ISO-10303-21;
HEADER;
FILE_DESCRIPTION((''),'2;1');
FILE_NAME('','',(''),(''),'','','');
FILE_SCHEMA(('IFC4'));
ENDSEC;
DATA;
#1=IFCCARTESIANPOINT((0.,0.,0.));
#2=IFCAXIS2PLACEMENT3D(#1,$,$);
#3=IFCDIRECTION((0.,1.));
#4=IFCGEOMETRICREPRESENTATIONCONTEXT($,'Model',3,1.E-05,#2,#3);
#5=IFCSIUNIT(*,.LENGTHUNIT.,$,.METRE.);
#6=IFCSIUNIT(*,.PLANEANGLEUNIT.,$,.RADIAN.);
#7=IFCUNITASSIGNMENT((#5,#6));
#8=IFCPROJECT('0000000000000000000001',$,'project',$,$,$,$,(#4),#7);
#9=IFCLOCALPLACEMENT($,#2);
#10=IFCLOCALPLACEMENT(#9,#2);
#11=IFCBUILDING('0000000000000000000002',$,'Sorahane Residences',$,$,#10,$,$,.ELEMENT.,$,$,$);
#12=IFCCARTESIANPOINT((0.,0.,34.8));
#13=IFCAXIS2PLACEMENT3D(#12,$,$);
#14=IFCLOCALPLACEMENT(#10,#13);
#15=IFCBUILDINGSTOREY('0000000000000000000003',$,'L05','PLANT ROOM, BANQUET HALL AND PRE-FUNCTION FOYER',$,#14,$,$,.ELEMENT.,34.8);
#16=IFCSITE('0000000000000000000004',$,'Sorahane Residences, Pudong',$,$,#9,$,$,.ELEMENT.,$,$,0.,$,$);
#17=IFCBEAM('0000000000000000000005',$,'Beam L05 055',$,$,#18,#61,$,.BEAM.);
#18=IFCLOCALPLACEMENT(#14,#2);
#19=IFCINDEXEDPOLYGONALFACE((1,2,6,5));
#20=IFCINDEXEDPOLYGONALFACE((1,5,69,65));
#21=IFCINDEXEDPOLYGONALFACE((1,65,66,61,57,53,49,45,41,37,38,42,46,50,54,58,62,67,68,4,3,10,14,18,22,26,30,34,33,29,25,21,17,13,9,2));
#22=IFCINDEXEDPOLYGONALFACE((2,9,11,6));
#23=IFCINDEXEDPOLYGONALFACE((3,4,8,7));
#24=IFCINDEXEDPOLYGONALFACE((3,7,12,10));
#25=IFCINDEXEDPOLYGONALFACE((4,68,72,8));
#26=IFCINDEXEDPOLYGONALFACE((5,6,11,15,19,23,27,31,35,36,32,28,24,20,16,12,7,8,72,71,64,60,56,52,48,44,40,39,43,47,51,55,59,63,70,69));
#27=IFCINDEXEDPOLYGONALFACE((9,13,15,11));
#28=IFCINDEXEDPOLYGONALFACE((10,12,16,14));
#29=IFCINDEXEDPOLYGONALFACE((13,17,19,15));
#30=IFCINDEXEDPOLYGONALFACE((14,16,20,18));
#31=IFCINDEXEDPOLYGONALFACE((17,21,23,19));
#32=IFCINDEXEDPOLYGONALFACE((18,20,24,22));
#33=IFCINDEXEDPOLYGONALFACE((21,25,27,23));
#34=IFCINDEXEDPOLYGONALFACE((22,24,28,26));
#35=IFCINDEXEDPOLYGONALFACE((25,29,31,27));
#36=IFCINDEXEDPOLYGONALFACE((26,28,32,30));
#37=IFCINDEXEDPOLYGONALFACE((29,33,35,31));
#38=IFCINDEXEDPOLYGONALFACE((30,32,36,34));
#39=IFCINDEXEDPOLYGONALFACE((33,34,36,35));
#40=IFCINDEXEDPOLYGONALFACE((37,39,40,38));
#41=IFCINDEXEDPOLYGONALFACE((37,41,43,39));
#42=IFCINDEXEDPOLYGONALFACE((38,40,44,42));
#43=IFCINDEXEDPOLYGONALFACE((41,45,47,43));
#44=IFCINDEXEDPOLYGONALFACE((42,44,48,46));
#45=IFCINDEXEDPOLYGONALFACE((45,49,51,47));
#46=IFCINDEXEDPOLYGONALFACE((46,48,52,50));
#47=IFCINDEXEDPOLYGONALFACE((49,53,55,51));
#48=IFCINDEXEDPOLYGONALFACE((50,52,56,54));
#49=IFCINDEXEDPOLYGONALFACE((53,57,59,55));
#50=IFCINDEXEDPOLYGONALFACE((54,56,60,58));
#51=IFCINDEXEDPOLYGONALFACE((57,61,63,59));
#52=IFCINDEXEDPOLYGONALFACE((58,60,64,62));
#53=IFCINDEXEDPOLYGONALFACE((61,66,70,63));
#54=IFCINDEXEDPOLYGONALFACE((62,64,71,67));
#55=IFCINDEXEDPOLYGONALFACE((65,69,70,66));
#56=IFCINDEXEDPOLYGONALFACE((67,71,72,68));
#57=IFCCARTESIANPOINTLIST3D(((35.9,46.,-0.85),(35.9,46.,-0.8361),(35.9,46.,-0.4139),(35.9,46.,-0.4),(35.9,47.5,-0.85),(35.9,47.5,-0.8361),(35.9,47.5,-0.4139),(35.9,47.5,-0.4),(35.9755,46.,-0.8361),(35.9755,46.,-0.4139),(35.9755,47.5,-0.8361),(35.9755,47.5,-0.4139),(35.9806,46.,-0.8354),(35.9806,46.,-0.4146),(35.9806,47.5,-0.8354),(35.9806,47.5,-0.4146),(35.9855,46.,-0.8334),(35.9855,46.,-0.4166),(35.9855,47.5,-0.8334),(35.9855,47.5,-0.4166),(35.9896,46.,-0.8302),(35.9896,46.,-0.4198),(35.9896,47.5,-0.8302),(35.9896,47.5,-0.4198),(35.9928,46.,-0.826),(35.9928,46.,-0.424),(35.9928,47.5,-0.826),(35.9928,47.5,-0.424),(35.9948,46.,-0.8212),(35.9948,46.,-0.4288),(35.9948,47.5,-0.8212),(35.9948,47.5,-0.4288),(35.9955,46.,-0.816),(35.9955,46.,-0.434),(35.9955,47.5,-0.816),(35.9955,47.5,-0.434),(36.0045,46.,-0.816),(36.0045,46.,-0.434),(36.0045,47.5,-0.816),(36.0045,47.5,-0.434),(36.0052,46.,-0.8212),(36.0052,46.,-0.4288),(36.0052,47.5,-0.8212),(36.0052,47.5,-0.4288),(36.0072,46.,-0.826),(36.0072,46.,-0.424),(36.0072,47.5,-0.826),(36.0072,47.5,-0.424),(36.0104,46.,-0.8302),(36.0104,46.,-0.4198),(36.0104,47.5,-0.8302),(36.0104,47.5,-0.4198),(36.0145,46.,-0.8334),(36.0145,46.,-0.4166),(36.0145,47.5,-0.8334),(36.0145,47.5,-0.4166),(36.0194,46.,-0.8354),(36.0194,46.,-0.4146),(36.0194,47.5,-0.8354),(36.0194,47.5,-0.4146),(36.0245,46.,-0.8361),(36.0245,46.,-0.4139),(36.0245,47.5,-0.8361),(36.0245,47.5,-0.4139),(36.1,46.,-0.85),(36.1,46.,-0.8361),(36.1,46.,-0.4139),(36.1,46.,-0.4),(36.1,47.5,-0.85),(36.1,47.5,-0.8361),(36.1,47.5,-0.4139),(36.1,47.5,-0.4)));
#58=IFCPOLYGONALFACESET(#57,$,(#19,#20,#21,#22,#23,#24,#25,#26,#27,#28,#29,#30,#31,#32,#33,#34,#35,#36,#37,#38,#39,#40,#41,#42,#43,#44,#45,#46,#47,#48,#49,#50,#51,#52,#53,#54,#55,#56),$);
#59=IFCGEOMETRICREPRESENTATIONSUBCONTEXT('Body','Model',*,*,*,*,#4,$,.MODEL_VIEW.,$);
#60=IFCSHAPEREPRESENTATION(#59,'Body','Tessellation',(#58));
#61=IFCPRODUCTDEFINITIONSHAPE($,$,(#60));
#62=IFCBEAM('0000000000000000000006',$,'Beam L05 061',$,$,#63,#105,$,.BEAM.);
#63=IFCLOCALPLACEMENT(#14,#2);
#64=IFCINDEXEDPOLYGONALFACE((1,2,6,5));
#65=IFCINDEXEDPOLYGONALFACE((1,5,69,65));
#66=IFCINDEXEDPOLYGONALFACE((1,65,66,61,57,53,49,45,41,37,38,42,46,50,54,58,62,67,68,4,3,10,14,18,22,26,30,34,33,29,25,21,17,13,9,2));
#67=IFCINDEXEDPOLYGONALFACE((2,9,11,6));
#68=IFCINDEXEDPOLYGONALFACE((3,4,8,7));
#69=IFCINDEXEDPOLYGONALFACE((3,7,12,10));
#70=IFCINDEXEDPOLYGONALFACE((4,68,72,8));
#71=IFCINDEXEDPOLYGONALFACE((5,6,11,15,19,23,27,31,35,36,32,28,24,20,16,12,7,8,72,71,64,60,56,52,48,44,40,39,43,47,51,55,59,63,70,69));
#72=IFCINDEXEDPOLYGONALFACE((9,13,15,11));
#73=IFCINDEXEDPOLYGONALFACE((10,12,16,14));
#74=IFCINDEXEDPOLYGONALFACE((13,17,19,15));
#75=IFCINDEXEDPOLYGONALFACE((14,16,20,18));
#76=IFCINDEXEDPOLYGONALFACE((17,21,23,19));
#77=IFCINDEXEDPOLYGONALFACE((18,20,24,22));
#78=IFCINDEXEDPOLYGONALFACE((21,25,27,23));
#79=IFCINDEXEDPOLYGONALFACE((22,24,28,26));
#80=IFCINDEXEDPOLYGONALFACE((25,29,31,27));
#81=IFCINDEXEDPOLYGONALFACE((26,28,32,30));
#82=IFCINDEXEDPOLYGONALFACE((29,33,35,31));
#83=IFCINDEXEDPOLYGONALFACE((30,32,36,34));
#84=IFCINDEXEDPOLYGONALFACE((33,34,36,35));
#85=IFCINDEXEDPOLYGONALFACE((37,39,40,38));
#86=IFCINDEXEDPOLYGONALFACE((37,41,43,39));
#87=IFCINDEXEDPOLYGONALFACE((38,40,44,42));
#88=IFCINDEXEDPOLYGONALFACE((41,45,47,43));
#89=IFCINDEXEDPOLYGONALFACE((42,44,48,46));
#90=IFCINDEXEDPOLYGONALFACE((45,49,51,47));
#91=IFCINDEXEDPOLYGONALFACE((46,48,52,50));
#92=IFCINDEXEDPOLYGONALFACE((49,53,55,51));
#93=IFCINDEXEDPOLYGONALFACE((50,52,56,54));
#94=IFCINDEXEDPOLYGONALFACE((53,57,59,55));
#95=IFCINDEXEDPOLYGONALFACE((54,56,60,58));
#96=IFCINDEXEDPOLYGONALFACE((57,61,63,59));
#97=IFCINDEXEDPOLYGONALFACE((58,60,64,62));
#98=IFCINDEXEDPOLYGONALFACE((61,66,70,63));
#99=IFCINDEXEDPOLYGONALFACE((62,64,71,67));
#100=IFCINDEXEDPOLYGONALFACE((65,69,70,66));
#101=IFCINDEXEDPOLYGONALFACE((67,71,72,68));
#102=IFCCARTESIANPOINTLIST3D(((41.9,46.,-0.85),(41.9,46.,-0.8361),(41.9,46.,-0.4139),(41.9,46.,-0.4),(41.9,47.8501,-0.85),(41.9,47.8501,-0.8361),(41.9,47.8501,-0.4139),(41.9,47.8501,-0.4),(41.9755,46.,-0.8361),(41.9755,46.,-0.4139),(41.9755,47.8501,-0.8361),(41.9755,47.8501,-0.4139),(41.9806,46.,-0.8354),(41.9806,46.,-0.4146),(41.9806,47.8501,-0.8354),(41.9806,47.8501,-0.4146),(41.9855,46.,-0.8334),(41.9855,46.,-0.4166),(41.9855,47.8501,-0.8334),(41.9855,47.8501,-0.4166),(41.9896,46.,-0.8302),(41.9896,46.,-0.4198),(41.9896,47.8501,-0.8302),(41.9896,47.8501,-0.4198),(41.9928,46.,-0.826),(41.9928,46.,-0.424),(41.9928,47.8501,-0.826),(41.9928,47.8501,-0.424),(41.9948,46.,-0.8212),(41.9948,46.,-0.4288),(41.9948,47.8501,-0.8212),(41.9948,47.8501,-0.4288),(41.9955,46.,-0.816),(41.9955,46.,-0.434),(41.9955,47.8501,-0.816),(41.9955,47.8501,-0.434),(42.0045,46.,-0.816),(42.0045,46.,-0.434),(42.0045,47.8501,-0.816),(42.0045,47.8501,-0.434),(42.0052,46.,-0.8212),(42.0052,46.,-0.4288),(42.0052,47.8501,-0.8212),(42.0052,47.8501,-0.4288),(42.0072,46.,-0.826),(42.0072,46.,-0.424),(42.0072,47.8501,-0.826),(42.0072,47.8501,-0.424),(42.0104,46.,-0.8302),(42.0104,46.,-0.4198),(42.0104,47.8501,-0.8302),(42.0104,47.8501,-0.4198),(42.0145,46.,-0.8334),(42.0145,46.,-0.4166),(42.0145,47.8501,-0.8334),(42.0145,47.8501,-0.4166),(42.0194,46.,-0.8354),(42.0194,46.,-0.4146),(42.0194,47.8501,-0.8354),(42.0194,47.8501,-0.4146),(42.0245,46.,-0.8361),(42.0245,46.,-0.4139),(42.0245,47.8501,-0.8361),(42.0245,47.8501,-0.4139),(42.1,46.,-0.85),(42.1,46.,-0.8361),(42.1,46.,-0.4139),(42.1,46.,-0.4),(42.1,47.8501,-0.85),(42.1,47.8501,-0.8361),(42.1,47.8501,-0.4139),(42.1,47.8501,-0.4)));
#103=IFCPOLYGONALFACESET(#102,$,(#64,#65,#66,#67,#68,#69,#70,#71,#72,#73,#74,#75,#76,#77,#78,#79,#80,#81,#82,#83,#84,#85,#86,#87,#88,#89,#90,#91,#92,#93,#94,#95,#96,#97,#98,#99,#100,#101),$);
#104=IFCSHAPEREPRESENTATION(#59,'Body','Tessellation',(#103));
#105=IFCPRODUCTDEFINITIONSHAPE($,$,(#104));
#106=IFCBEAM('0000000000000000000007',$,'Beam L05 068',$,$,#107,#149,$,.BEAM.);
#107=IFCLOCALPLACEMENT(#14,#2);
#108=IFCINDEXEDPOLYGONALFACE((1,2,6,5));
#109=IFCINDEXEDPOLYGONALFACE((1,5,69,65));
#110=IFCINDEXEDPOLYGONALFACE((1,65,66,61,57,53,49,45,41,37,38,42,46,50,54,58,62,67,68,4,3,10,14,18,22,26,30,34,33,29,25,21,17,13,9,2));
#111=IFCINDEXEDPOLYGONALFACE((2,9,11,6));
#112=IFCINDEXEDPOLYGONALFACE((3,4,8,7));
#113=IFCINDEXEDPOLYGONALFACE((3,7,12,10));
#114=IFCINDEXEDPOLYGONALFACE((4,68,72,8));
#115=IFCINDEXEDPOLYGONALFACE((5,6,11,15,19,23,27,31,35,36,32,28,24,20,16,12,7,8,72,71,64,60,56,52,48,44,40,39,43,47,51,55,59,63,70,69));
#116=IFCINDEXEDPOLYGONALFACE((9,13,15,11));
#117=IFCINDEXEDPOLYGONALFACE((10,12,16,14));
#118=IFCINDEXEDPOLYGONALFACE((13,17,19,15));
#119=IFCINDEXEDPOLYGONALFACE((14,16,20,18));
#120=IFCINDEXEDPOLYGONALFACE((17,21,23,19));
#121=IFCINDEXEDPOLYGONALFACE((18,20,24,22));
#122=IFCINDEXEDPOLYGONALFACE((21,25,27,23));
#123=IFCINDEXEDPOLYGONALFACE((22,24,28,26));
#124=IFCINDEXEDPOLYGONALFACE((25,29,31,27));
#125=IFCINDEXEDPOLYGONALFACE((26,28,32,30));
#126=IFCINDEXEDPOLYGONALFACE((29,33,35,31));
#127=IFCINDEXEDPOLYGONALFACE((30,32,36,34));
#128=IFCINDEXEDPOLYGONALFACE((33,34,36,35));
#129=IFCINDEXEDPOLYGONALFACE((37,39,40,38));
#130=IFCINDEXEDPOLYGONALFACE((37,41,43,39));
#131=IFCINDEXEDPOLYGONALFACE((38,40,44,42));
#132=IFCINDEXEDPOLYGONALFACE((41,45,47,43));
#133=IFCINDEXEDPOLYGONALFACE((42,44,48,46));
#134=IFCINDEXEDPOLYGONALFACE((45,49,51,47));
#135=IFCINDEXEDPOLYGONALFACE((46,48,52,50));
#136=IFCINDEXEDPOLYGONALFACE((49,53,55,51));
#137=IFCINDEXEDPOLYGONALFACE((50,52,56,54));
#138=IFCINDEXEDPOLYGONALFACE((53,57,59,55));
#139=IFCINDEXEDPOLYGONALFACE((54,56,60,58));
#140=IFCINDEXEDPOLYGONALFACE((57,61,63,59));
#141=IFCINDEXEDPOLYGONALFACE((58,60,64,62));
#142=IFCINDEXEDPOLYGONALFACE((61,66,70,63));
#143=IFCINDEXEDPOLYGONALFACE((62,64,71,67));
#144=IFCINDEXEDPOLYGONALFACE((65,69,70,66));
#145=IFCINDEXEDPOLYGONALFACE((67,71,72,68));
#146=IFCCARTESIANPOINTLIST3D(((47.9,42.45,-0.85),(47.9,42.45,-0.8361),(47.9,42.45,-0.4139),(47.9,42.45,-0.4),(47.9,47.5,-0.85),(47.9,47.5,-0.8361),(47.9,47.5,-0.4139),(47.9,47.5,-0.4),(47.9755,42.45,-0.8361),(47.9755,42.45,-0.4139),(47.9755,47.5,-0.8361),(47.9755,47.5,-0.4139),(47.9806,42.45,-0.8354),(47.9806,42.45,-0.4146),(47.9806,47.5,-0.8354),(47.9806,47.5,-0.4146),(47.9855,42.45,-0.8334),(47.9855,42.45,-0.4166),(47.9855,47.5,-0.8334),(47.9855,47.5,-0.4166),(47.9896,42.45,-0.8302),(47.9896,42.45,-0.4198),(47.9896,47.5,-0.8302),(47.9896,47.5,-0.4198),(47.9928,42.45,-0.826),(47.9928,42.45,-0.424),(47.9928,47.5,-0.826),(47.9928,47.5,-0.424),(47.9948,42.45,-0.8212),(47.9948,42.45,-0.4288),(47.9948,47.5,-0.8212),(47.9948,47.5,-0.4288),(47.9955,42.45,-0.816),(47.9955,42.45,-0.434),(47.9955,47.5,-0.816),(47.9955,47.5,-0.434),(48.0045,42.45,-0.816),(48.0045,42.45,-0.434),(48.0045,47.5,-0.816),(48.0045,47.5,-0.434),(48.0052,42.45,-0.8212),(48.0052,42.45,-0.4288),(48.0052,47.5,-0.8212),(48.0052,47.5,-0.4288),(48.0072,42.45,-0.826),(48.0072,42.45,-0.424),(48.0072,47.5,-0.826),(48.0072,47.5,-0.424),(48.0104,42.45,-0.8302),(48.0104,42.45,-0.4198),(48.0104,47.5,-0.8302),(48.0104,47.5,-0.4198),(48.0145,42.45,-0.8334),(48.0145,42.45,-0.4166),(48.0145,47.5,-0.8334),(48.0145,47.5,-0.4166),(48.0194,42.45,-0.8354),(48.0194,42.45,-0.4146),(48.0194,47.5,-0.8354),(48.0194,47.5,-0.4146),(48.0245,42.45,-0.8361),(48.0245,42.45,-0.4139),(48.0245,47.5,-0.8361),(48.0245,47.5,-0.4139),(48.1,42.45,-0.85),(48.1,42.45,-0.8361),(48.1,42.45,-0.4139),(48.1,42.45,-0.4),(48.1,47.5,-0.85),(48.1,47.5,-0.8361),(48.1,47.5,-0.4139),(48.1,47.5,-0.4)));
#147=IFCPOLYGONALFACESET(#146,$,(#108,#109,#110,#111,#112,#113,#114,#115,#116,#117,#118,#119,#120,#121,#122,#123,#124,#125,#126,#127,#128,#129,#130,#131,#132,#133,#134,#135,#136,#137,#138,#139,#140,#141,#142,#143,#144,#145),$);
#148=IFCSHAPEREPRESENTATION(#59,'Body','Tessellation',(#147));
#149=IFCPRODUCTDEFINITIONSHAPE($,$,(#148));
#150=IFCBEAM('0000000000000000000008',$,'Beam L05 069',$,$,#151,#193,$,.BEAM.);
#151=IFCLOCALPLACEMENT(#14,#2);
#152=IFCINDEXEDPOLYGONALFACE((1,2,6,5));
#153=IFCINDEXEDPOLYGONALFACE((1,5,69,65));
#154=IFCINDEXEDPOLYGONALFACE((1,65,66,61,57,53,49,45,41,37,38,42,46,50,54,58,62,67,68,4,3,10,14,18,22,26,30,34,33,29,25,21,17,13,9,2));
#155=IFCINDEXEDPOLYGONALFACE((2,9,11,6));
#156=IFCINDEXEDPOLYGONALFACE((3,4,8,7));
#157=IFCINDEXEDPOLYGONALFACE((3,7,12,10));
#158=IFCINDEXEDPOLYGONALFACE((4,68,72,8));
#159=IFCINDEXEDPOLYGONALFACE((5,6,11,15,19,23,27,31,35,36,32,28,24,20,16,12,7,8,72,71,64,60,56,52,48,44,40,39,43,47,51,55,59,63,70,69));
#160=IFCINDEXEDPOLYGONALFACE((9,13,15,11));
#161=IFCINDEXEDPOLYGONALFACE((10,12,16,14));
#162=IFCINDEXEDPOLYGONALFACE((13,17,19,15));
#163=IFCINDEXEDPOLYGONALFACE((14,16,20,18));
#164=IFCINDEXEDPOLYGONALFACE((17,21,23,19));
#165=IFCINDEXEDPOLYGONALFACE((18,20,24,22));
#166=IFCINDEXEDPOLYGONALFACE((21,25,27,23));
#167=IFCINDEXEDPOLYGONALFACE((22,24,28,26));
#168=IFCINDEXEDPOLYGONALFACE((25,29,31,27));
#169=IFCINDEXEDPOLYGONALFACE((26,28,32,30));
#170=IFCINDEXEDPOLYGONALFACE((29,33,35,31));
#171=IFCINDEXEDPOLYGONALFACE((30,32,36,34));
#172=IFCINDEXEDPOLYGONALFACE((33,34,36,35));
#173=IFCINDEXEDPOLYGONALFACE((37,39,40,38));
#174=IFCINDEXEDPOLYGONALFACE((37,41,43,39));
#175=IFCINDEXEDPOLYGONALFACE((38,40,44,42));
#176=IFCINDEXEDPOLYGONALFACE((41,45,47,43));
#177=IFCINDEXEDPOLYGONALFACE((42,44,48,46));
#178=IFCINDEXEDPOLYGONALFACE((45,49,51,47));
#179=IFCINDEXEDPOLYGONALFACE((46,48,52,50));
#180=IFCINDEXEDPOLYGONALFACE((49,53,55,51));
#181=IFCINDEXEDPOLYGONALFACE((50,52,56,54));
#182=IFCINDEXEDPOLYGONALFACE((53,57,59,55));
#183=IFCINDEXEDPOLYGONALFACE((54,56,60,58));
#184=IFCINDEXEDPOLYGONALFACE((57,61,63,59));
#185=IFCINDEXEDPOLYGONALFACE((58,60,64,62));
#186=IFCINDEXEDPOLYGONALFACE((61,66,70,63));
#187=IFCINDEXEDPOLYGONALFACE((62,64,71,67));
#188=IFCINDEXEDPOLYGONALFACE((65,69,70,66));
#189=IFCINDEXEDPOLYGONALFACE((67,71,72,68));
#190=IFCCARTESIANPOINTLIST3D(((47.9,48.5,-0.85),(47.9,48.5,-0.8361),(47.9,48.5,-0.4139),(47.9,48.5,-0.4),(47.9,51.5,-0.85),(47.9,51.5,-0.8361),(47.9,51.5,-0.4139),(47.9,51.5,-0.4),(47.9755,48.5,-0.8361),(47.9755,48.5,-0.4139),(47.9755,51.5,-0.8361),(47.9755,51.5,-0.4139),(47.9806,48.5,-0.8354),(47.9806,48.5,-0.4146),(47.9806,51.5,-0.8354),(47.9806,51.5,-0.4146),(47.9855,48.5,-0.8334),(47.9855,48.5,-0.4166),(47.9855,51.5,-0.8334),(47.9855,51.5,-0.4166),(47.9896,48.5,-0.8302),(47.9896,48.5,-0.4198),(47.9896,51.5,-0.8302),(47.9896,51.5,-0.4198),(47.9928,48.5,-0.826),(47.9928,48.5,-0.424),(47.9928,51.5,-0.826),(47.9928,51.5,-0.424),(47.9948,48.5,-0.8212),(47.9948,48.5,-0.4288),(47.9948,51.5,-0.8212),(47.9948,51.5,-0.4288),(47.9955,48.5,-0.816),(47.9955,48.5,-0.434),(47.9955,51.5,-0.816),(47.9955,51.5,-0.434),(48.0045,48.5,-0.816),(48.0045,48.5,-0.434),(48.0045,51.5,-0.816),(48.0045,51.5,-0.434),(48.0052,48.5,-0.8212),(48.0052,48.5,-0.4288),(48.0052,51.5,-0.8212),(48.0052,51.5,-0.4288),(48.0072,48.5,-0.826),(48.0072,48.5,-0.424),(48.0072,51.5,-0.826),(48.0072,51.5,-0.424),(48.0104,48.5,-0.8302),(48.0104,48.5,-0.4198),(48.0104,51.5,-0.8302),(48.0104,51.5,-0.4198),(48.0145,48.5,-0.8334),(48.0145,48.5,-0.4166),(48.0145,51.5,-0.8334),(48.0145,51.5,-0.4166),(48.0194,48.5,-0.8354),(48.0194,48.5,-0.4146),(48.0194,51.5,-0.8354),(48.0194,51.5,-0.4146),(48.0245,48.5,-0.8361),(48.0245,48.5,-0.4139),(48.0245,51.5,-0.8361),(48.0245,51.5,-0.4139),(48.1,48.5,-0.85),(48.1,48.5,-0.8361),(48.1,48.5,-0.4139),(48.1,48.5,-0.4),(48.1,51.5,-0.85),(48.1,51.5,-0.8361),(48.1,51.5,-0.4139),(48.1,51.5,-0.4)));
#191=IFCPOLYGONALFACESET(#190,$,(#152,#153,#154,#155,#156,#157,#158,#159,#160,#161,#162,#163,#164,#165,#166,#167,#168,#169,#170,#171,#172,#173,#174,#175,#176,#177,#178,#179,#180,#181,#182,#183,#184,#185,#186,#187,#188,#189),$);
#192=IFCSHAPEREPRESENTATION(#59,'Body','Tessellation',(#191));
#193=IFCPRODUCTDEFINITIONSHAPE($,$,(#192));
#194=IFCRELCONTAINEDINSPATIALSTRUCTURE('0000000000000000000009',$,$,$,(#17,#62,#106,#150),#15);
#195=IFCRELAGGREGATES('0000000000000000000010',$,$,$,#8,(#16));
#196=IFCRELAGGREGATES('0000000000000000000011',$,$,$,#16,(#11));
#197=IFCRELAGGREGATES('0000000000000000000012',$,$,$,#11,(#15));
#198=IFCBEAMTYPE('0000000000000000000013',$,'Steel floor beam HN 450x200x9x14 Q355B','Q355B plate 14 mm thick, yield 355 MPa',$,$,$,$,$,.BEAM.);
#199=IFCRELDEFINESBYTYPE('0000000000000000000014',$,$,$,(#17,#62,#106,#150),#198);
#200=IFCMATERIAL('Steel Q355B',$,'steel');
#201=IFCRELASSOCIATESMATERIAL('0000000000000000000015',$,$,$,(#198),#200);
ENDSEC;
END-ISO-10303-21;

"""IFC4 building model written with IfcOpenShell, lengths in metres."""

from ifc_helpers import new_model, si_unit, direction, frame, origin, origin_2d, place, context, subcontext, project, spatial, i_section, extrude, material, material_profile, profile_set, type_object, element, save


model = new_model("IFC4")

# Units and contexts
model_context = context("Model", 3, precision=1e-05, world=origin(), true_north=direction((0.0, 1.0)))
body_context = subcontext(model_context, "Body", "Model", "MODEL_VIEW")
ifc_project = project(units=[si_unit("LENGTHUNIT", "METRE"), si_unit("PLANEANGLEUNIT", "RADIAN")], contexts=[model_context])

# Site, building, storey
site_placement = place(None, origin())
site = spatial("IfcSite", under=ifc_project, at=site_placement, Name="Sorahane Residences, Pudong", CompositionType="ELEMENT", RefElevation=0.0)
building_placement = place(site_placement, origin())
building = spatial("IfcBuilding", under=site, at=building_placement, Name="Sorahane Residences", CompositionType="ELEMENT")
storey_placement = place(building_placement, frame((0.0, 0.0, 34.8)))
storey = spatial("IfcBuildingStorey", under=building, at=storey_placement, Name="L05", Description="PLANT ROOM, BANQUET HALL AND PRE-FUNCTION FOYER", CompositionType="ELEMENT", Elevation=34.8)

# Beams
ifc_material_1 = material(Name="Steel Q355B", Category="steel")
ifc_material_profile_1 = material_profile(ifc_material_1, i_section(OverallWidth=0.2, OverallDepth=0.45, WebThickness=0.009, FlangeThickness=0.0139, FilletRadius=0.02, at=origin_2d()), Name="HN 450x200x9x14")
ifc_profile_set_1 = profile_set([ifc_material_profile_1], Name="Steel Q355B")
beam_type_1 = type_object("IfcBeamType", Name="Steel floor beam HN 450x200x9x14 Q355B", Description="Q355B plate 14 mm thick, yield 355 MPa", PredefinedType="BEAM", material=ifc_profile_set_1)
beam_1_placement = place(storey_placement, frame((36.0, 46.0, -0.625), z_axis=(0.0, 1.0, 0.0), x_axis=(-1.0, 0.0, 0.0)))
element("IfcBeam", 1, at=beam_1_placement, inside=storey, type_object=beam_type_1, Name="Beam L05 055", PredefinedType="BEAM", context=body_context, shape_type="SweptSolid", body=[
    extrude(i_section(OverallWidth=0.2, OverallDepth=0.45, WebThickness=0.009, FlangeThickness=0.0139, FilletRadius=0.02, at=origin_2d()), origin(), (0.0, 0.0, 1.0), 1.5),
])
beam_2_placement = place(storey_placement, frame((42.0, 46.0, -0.625), z_axis=(0.0, 1.0, 0.0), x_axis=(-1.0, 0.0, 0.0)))
element("IfcBeam", 2, at=beam_2_placement, inside=storey, type_object=beam_type_1, Name="Beam L05 061", PredefinedType="BEAM", context=body_context, shape_type="SweptSolid", body=[
    extrude(i_section(OverallWidth=0.2, OverallDepth=0.45, WebThickness=0.009, FlangeThickness=0.0139, FilletRadius=0.02, at=origin_2d()), origin(), (0.0, 0.0, 1.0), 1.8501),
])
beam_3_placement = place(storey_placement, frame((48.0, 42.45, -0.625), z_axis=(0.0, 1.0, 0.0), x_axis=(-1.0, 0.0, 0.0)))
element("IfcBeam", 3, at=beam_3_placement, inside=storey, type_object=beam_type_1, Name="Beam L05 068", PredefinedType="BEAM", context=body_context, shape_type="SweptSolid", body=[
    extrude(i_section(OverallWidth=0.2, OverallDepth=0.45, WebThickness=0.009, FlangeThickness=0.0139, FilletRadius=0.02, at=origin_2d()), origin(), (0.0, 0.0, 1.0), 5.05),
])
beam_4_placement = place(storey_placement, frame((48.0, 48.5, -0.625), z_axis=(0.0, 1.0, 0.0), x_axis=(-1.0, 0.0, 0.0)))
element("IfcBeam", 4, at=beam_4_placement, inside=storey, type_object=beam_type_1, Name="Beam L05 069", PredefinedType="BEAM", context=body_context, shape_type="SweptSolid", body=[
    extrude(i_section(OverallWidth=0.2, OverallDepth=0.45, WebThickness=0.009, FlangeThickness=0.0139, FilletRadius=0.02, at=origin_2d()), origin(), (0.0, 0.0, 1.0), 3.0),
])

save(model, "model.ifc")
